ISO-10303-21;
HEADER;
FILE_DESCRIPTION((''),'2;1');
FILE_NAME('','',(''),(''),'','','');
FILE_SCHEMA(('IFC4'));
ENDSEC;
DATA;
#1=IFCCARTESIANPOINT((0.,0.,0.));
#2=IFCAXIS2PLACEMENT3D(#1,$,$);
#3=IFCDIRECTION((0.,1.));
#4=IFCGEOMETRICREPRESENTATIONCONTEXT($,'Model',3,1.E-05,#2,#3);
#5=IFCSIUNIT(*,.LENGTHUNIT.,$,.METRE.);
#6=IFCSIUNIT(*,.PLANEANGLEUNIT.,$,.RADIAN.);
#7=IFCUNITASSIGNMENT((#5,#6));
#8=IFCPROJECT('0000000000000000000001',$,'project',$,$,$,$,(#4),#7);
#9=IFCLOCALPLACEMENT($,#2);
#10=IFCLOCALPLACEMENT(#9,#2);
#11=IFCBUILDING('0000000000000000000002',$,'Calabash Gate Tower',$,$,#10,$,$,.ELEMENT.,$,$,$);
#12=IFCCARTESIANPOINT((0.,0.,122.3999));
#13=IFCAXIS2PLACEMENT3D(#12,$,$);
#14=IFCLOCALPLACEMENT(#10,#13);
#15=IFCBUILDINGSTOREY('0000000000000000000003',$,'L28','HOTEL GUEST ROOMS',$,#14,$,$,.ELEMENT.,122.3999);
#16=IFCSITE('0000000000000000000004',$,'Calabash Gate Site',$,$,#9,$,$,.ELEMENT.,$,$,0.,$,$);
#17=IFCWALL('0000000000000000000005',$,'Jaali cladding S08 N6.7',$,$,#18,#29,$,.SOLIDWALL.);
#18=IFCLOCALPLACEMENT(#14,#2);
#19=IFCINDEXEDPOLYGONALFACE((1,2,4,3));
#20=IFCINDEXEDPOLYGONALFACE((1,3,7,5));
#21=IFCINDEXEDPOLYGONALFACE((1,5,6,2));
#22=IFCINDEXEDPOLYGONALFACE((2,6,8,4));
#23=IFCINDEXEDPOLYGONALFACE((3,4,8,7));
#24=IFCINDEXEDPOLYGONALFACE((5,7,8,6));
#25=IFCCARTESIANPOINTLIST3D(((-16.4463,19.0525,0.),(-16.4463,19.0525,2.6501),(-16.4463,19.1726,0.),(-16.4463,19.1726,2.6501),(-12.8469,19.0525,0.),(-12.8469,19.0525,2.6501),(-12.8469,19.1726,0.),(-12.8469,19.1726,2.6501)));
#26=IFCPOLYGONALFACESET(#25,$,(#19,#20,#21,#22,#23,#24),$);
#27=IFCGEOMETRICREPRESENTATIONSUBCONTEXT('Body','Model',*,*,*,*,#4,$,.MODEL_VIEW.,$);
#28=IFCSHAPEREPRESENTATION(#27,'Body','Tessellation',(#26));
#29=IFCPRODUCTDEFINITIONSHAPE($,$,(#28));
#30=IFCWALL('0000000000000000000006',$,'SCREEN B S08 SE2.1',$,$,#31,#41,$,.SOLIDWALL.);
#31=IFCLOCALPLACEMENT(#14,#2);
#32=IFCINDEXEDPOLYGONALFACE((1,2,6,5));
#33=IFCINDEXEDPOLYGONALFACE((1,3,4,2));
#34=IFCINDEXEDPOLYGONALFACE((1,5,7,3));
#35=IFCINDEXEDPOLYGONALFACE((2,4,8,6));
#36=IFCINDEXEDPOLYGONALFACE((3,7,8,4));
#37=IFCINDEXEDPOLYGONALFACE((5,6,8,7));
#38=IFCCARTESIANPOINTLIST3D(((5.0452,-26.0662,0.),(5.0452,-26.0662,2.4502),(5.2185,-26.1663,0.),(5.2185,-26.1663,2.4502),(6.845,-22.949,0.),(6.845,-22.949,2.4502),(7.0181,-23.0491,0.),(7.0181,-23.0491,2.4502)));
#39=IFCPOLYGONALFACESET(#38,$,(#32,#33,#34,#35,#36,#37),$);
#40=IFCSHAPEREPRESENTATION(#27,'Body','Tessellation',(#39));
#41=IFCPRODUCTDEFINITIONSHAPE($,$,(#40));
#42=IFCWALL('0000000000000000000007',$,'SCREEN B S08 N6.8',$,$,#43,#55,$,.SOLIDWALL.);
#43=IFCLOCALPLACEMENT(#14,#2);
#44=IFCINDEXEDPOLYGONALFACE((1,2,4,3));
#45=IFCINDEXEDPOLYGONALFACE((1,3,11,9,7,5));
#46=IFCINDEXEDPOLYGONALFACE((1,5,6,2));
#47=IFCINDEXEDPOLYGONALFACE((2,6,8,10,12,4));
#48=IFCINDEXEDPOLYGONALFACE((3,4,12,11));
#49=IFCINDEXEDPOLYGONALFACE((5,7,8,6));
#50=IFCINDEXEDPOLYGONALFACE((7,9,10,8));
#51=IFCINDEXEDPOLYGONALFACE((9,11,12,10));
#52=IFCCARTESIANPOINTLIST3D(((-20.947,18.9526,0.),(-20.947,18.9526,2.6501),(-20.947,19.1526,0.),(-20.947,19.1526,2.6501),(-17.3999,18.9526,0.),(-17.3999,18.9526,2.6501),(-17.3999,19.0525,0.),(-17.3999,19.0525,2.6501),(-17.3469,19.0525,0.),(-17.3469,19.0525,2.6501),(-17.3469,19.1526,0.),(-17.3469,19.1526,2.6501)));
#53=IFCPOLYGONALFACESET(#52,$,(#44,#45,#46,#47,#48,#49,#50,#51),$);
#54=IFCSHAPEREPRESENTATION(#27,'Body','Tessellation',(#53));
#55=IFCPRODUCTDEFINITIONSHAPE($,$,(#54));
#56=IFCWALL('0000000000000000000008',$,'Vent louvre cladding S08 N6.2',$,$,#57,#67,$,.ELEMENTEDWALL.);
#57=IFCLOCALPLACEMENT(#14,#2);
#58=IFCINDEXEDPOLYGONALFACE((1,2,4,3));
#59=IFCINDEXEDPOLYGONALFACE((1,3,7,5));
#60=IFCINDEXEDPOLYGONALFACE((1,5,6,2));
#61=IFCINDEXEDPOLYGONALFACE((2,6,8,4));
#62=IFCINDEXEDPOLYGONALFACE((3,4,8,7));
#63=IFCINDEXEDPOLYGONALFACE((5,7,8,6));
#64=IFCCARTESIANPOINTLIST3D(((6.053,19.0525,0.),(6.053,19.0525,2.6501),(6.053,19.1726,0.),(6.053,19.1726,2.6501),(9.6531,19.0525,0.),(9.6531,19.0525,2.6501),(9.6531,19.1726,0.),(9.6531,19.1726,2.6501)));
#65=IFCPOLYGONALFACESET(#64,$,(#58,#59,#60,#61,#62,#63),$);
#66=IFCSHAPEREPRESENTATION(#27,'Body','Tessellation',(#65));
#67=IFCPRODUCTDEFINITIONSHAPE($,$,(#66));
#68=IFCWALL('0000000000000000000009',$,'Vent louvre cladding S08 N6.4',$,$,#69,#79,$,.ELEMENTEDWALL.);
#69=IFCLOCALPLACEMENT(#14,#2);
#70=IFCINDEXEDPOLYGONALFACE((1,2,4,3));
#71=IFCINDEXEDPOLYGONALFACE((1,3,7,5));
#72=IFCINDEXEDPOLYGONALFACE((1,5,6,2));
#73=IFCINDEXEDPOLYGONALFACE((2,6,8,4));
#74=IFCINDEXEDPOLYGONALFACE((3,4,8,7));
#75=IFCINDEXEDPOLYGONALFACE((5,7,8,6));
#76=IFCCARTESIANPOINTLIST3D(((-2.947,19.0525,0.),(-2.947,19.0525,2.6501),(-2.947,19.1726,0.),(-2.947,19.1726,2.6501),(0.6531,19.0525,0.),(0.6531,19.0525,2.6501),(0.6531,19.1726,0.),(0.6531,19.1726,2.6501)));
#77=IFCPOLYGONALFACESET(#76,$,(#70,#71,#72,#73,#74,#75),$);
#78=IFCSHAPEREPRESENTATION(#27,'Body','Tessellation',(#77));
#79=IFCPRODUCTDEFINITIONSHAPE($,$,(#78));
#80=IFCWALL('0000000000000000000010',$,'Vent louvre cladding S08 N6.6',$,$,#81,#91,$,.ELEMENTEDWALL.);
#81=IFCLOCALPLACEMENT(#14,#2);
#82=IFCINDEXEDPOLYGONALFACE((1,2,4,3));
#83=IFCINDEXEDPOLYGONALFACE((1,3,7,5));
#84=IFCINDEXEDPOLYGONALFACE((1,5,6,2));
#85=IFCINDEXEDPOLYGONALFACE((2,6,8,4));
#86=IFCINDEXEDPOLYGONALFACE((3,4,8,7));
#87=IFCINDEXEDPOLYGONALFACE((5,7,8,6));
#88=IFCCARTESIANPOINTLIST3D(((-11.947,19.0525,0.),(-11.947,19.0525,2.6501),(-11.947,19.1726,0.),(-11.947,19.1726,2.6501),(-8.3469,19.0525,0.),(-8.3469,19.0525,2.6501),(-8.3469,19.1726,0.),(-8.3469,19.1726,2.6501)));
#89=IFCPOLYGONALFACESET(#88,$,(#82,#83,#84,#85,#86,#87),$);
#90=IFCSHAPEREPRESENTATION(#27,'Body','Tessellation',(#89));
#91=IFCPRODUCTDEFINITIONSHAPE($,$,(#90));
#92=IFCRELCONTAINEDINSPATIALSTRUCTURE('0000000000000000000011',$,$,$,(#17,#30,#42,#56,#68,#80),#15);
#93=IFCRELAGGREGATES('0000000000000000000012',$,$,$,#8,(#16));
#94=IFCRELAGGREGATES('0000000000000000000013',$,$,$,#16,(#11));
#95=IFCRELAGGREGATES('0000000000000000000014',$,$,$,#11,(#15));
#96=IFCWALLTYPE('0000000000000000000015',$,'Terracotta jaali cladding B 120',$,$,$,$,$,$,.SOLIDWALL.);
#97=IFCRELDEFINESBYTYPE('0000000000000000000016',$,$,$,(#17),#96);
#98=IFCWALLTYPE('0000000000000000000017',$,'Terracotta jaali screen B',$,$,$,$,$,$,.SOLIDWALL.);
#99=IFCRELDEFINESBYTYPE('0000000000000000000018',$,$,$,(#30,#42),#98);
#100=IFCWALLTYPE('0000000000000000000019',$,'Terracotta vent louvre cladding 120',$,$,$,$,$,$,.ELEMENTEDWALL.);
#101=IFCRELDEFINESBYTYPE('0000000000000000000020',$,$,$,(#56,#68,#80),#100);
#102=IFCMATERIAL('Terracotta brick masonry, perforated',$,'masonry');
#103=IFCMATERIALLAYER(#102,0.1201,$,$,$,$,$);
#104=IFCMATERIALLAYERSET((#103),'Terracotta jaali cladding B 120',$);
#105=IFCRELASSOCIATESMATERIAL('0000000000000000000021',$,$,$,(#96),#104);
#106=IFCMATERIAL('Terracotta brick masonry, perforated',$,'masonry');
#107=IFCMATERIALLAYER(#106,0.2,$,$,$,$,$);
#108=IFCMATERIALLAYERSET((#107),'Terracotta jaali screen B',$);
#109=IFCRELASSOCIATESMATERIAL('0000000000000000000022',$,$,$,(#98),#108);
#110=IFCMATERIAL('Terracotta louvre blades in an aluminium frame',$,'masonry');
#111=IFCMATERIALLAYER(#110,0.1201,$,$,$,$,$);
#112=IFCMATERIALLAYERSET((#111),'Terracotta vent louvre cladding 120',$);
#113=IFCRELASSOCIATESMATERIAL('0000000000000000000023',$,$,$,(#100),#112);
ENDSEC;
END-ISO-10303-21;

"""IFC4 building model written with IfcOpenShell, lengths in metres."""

from ifc_helpers import new_model, si_unit, direction, frame, origin, place, context, subcontext, project, spatial, polyline, outline, extrude, material, layer, layer_set, type_object, element, save


model = new_model("IFC4")

# Units and contexts
model_context = context("Model", 3, precision=1e-05, world=origin(), true_north=direction((0.0, 1.0)))
body_context = subcontext(model_context, "Body", "Model", "MODEL_VIEW")
ifc_project = project(units=[si_unit("LENGTHUNIT", "METRE"), si_unit("PLANEANGLEUNIT", "RADIAN")], contexts=[model_context])

# Site, building, storey
site_placement = place(None, origin())
site = spatial("IfcSite", under=ifc_project, at=site_placement, Name="Calabash Gate Site", CompositionType="ELEMENT", RefElevation=0.0)
building_placement = place(site_placement, origin())
building = spatial("IfcBuilding", under=site, at=building_placement, Name="Calabash Gate Tower", CompositionType="ELEMENT")
storey_placement = place(building_placement, frame((0.0, 0.0, 122.3999)))
storey = spatial("IfcBuildingStorey", under=building, at=storey_placement, Name="L28", Description="HOTEL GUEST ROOMS", CompositionType="ELEMENT", Elevation=122.3999)

# Walls
ifc_material_1 = material(Name="Terracotta brick masonry, perforated", Category="masonry")
ifc_layer_1 = layer(ifc_material_1, 0.1201)
ifc_layer_set_1 = layer_set([ifc_layer_1], Name="Terracotta jaali cladding B 120")
wall_type_1 = type_object("IfcWallType", Name="Terracotta jaali cladding B 120", PredefinedType="SOLIDWALL", material=ifc_layer_set_1)
wall_1_placement = place(storey_placement, origin())
element("IfcWall", 1, at=wall_1_placement, inside=storey, type_object=wall_type_1, Name="Jaali cladding S08 N6.7", PredefinedType="SOLIDWALL", context=body_context, shape_type="SweptSolid", body=[
    extrude(outline(polyline([(-16.4463, 19.1726), (-16.4463, 19.0525), (-12.8469, 19.0525), (-12.8469, 19.1726), (-16.4463, 19.1726)])), origin(), (0.0, 0.0, 1.0), 2.6501),
])
ifc_material_2 = material(Name="Terracotta brick masonry, perforated", Category="masonry")
ifc_layer_2 = layer(ifc_material_2, 0.2)
ifc_layer_set_2 = layer_set([ifc_layer_2], Name="Terracotta jaali screen B")
wall_type_2 = type_object("IfcWallType", Name="Terracotta jaali screen B", PredefinedType="SOLIDWALL", material=ifc_layer_set_2)
wall_2_placement = place(storey_placement, origin())
element("IfcWall", 2, at=wall_2_placement, inside=storey, type_object=wall_type_2, Name="SCREEN B S08 SE2.1", PredefinedType="SOLIDWALL", context=body_context, shape_type="SweptSolid", body=[
    extrude(outline(polyline([(6.845, -22.949), (5.0452, -26.0662), (5.2185, -26.1663), (7.0181, -23.0491), (6.845, -22.949)])), origin(), (0.0, 0.0, 1.0), 2.4502),
])
wall_3_placement = place(storey_placement, origin())
element("IfcWall", 3, at=wall_3_placement, inside=storey, type_object=wall_type_2, Name="SCREEN B S08 N6.8", PredefinedType="SOLIDWALL", context=body_context, shape_type="SweptSolid", body=[
    extrude(outline(polyline([(-20.947, 19.1526), (-20.947, 18.9526), (-17.3999, 18.9526), (-17.3999, 19.0525), (-17.3469, 19.0525), (-17.3469, 19.1526), (-20.947, 19.1526)])), origin(), (0.0, 0.0, 1.0), 2.6501),
])
ifc_material_3 = material(Name="Terracotta louvre blades in an aluminium frame", Category="masonry")
ifc_layer_3 = layer(ifc_material_3, 0.1201)
ifc_layer_set_3 = layer_set([ifc_layer_3], Name="Terracotta vent louvre cladding 120")
wall_type_3 = type_object("IfcWallType", Name="Terracotta vent louvre cladding 120", PredefinedType="ELEMENTEDWALL", material=ifc_layer_set_3)
wall_4_placement = place(storey_placement, origin())
element("IfcWall", 4, at=wall_4_placement, inside=storey, type_object=wall_type_3, Name="Vent louvre cladding S08 N6.2", PredefinedType="ELEMENTEDWALL", context=body_context, shape_type="SweptSolid", body=[
    extrude(outline(polyline([(6.053, 19.1726), (6.053, 19.0525), (9.6531, 19.0525), (9.6531, 19.1726), (6.053, 19.1726)])), origin(), (0.0, 0.0, 1.0), 2.6501),
])
wall_5_placement = place(storey_placement, origin())
element("IfcWall", 5, at=wall_5_placement, inside=storey, type_object=wall_type_3, Name="Vent louvre cladding S08 N6.4", PredefinedType="ELEMENTEDWALL", context=body_context, shape_type="SweptSolid", body=[
    extrude(outline(polyline([(-2.947, 19.1726), (-2.947, 19.0525), (0.6531, 19.0525), (0.6531, 19.1726), (-2.947, 19.1726)])), origin(), (0.0, 0.0, 1.0), 2.6501),
])
wall_6_placement = place(storey_placement, origin())
element("IfcWall", 6, at=wall_6_placement, inside=storey, type_object=wall_type_3, Name="Vent louvre cladding S08 N6.6", PredefinedType="ELEMENTEDWALL", context=body_context, shape_type="SweptSolid", body=[
    extrude(outline(polyline([(-11.947, 19.1726), (-11.947, 19.0525), (-8.3469, 19.0525), (-8.3469, 19.1726), (-11.947, 19.1726)])), origin(), (0.0, 0.0, 1.0), 2.6501),
])

save(model, "model.ifc")
